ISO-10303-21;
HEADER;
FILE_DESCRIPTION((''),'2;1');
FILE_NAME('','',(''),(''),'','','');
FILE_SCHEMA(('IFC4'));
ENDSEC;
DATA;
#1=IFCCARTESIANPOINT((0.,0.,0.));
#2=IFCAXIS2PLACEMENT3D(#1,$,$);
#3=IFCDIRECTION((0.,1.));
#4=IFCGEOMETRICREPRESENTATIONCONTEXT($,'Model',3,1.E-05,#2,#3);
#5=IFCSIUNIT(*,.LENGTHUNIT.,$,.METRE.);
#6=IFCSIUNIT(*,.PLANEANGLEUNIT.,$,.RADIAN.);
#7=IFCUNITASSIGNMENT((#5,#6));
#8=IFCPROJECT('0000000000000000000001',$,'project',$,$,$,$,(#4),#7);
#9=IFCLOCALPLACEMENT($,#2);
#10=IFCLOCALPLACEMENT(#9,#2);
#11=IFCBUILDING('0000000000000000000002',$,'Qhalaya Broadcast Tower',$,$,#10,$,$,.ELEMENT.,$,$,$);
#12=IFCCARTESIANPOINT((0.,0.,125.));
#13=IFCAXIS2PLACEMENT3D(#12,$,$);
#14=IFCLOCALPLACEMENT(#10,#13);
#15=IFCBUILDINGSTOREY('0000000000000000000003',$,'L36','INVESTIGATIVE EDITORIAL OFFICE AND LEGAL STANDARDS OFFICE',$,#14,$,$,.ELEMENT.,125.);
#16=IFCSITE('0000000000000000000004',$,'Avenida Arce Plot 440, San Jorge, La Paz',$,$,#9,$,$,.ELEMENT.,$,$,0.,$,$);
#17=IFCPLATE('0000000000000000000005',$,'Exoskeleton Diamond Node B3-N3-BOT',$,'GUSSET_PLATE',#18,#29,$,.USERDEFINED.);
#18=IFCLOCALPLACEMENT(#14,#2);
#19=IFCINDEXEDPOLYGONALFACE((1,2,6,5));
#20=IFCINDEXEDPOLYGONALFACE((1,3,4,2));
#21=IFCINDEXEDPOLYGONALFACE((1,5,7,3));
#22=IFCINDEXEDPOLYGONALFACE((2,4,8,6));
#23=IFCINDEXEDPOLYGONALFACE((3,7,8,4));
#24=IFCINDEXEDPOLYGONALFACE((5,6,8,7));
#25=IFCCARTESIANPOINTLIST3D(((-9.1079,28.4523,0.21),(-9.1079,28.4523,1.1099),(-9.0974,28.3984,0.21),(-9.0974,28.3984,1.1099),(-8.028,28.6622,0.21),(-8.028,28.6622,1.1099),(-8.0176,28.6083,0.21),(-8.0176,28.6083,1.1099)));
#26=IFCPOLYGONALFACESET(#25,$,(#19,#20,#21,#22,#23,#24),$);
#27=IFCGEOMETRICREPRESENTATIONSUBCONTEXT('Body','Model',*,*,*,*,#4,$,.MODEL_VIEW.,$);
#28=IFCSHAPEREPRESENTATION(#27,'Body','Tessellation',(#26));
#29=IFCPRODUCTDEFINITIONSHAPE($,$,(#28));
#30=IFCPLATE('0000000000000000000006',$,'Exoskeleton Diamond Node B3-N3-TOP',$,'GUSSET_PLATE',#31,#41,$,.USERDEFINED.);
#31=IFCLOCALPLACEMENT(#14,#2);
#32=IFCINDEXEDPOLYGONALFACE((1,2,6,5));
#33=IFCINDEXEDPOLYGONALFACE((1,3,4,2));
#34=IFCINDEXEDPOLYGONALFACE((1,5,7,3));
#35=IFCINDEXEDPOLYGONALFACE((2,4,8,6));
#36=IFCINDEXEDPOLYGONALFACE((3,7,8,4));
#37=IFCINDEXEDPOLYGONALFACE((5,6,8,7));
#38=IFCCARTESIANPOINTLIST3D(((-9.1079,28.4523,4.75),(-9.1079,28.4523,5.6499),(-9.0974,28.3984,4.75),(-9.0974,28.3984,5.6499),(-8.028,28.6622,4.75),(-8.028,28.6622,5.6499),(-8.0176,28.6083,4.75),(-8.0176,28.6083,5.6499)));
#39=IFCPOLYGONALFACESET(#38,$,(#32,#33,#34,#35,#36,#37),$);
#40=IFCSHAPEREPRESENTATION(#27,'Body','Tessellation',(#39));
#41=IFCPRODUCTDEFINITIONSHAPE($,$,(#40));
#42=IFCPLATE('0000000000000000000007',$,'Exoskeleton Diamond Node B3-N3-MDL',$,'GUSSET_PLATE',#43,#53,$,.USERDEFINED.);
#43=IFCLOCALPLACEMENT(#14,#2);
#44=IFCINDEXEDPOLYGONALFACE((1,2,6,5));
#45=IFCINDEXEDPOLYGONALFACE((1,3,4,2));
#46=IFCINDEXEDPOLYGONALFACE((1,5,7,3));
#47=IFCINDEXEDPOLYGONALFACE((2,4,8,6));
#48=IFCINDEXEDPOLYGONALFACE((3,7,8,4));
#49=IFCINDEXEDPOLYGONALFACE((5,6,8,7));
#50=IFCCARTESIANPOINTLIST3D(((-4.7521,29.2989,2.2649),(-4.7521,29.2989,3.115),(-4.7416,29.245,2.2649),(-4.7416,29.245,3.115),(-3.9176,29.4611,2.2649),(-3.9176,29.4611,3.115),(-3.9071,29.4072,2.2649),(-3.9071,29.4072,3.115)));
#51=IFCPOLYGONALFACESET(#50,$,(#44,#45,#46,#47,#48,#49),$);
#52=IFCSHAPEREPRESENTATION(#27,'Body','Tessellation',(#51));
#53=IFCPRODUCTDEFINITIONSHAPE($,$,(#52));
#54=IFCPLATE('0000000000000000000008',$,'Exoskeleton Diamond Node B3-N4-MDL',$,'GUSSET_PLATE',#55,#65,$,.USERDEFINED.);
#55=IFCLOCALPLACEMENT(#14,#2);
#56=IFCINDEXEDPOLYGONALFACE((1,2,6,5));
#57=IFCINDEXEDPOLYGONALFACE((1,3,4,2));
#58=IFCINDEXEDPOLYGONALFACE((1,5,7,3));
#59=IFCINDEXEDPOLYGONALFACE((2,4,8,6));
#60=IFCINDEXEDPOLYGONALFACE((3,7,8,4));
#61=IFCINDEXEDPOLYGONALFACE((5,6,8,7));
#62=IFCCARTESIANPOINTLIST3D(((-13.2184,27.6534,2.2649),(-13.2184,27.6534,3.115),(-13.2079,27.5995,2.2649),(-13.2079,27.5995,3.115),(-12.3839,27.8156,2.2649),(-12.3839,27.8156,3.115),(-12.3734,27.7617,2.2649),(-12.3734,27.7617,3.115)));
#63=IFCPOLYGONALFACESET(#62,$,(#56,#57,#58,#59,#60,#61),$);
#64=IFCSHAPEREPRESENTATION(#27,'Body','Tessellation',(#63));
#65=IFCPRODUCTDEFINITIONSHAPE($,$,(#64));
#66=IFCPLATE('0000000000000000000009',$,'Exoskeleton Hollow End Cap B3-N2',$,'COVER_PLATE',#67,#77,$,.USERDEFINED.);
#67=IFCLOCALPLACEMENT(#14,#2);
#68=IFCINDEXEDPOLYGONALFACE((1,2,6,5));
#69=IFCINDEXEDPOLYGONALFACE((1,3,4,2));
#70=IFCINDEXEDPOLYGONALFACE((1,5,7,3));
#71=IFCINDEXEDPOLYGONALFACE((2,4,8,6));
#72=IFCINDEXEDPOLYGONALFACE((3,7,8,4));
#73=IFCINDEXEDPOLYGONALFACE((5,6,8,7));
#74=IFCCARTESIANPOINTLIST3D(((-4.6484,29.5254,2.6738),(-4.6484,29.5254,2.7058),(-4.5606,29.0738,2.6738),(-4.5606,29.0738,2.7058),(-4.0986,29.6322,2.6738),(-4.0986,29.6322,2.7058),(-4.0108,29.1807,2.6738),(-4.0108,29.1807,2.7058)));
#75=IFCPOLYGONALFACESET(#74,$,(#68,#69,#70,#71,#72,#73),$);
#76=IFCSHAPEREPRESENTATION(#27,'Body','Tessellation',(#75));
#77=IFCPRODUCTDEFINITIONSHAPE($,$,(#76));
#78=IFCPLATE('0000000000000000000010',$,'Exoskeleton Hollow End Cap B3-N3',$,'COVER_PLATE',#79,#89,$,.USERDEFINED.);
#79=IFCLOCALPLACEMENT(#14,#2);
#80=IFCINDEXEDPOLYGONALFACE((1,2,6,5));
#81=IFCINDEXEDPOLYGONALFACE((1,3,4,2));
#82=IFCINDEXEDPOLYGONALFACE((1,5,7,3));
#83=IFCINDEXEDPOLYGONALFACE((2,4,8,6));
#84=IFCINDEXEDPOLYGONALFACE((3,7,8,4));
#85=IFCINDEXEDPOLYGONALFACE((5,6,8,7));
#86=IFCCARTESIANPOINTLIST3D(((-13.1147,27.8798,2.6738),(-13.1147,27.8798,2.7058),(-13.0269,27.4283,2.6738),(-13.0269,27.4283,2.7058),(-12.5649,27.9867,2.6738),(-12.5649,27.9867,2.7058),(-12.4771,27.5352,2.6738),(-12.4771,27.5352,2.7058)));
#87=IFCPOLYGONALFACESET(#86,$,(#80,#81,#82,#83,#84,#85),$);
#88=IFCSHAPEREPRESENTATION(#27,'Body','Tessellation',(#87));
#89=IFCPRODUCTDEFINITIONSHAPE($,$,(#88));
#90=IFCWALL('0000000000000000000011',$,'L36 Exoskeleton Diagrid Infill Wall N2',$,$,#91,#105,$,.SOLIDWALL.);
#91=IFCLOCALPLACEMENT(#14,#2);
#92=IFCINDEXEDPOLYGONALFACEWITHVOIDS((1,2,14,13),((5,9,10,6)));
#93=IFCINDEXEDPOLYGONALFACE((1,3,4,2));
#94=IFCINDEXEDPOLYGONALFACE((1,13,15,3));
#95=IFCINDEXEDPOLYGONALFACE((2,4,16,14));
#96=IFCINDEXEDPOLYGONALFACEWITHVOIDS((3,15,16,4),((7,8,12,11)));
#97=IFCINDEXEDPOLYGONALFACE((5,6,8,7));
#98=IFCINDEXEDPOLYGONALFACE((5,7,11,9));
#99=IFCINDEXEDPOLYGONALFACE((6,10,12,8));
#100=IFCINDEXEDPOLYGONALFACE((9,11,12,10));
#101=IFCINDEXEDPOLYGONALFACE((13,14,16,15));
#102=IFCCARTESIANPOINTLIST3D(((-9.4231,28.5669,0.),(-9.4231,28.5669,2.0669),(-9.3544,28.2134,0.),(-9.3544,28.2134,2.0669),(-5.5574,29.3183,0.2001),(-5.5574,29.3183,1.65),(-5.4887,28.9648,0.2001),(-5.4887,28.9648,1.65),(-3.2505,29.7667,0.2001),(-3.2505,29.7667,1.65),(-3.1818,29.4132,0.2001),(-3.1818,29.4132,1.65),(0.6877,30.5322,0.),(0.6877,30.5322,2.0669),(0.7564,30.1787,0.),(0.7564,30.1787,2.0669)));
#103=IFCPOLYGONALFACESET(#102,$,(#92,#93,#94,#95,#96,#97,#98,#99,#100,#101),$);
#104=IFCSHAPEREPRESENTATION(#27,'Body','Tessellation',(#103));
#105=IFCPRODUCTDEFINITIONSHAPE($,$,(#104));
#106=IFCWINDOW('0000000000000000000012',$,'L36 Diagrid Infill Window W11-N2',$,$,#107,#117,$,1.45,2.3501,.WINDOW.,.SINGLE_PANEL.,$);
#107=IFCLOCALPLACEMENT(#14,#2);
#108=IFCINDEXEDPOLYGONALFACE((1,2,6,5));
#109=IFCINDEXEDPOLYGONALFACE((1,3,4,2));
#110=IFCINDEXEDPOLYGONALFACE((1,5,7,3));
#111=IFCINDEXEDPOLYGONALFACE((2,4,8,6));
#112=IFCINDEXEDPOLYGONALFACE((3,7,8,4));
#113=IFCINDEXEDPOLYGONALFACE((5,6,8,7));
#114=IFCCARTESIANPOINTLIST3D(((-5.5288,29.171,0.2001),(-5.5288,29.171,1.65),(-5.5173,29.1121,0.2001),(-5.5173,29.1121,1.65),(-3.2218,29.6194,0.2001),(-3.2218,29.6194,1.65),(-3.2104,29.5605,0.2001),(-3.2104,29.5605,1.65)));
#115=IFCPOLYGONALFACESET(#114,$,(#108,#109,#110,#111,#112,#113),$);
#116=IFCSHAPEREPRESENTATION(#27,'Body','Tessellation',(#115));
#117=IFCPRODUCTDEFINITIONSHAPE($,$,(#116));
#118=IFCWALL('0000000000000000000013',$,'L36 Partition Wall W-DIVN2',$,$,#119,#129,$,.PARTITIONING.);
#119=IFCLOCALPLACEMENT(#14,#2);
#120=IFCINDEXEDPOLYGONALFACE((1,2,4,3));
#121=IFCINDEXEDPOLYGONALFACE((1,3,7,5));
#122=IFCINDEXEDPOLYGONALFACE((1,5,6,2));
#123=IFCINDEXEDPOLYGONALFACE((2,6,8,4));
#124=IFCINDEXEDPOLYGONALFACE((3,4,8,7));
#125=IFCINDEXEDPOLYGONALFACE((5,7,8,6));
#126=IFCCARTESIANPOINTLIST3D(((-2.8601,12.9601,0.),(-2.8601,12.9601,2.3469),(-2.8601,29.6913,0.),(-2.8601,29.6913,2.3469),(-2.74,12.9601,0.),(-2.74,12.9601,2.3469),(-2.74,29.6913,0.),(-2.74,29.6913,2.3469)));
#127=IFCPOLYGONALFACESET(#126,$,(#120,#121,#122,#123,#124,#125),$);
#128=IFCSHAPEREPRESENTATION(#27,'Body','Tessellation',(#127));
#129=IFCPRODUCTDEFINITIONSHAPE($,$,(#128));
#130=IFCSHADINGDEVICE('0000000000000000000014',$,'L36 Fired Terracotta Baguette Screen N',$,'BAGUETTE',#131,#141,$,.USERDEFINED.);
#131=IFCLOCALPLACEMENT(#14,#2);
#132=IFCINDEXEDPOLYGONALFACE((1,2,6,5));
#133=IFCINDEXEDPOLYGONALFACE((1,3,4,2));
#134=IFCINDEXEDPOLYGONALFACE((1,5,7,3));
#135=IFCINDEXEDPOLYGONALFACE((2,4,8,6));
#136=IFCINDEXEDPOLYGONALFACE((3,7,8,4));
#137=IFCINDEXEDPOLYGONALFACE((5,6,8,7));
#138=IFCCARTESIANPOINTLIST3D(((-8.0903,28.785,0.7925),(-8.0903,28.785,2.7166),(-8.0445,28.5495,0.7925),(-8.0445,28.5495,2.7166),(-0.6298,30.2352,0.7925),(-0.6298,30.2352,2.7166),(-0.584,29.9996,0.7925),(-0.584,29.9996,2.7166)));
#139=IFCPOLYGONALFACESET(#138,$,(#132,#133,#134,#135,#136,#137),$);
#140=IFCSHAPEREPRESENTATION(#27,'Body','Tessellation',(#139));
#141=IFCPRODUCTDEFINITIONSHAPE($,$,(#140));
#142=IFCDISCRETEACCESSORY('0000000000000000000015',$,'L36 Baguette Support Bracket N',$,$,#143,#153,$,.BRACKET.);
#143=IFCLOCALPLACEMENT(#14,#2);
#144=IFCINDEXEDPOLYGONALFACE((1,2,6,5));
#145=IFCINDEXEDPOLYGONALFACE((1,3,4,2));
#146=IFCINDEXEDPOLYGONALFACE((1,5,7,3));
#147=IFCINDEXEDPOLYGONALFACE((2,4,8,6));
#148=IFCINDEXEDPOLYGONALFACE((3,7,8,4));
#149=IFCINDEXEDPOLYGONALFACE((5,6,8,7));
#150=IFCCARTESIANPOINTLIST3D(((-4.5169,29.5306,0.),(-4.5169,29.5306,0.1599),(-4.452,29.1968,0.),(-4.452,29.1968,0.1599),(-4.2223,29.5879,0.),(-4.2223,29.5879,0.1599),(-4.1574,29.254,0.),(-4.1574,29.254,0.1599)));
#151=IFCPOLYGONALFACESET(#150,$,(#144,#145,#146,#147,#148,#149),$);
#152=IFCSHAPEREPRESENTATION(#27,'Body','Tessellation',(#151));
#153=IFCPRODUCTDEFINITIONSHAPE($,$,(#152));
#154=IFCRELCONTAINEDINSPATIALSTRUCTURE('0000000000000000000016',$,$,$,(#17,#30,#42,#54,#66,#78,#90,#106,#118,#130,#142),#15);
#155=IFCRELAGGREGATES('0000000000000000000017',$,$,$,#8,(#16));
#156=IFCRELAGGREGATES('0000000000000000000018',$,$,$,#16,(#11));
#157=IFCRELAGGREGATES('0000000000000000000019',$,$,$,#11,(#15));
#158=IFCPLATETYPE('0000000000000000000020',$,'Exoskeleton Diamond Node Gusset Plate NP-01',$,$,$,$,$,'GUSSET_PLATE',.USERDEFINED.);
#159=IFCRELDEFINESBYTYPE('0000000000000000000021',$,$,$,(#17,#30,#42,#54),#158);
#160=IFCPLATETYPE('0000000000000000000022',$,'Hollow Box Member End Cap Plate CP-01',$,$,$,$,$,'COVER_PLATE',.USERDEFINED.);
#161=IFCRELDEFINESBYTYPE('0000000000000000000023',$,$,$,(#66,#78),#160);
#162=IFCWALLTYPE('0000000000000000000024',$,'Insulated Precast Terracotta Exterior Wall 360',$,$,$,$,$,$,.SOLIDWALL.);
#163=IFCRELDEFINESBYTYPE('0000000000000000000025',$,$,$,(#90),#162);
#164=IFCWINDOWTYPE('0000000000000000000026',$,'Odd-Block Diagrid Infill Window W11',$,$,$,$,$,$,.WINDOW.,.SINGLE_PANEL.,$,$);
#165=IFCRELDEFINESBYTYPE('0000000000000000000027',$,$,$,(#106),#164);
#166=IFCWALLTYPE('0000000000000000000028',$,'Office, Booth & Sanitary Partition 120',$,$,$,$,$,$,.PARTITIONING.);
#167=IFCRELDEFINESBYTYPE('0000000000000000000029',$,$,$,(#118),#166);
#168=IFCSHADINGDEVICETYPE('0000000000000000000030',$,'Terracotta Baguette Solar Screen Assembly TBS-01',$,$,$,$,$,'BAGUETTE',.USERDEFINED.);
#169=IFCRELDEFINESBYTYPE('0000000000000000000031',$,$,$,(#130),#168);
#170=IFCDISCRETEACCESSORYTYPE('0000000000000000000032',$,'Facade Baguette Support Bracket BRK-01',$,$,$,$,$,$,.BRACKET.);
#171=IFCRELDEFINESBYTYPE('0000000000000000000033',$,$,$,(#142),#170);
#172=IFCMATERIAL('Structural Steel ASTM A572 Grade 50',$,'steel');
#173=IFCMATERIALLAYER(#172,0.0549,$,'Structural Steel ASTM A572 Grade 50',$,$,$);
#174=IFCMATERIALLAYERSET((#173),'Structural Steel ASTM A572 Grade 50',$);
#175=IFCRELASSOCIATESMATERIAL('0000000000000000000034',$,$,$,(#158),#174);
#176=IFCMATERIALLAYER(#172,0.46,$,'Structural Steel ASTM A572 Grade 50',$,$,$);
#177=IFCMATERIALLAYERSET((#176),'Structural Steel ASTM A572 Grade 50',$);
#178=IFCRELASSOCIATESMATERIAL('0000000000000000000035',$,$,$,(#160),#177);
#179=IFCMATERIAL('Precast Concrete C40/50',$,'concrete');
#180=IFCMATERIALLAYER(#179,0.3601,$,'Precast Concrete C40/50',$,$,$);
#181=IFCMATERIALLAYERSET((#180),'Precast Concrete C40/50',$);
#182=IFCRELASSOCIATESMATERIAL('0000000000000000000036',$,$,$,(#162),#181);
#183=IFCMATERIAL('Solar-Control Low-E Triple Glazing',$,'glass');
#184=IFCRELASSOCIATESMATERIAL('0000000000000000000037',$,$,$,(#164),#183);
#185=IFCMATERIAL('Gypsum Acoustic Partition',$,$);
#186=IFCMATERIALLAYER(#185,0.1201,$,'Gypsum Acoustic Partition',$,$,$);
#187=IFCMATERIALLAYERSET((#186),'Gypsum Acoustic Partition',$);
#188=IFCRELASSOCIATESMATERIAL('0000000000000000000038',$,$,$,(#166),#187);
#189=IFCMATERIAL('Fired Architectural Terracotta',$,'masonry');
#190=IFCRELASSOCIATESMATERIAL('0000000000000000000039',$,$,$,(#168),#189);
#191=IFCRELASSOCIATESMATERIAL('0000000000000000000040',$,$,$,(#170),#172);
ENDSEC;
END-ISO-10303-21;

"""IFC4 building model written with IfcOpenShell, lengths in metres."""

from ifc_helpers import new_model, si_unit, direction, frame, frame_2d, origin, origin_2d, place, context, subcontext, project, spatial, rectangle, extrude, material, layer, layer_set, type_object, element, fill, save


model = new_model("IFC4")

# Units and contexts
model_context = context("Model", 3, precision=1e-05, world=origin(), true_north=direction((0.0, 1.0)))
body_context = subcontext(model_context, "Body", "Model", "MODEL_VIEW")
ifc_project = project(units=[si_unit("LENGTHUNIT", "METRE"), si_unit("PLANEANGLEUNIT", "RADIAN")], contexts=[model_context])

# Site, building, storey
site_placement = place(None, origin())
site = spatial("IfcSite", under=ifc_project, at=site_placement, Name="Avenida Arce Plot 440, San Jorge, La Paz", CompositionType="ELEMENT", RefElevation=0.0)
building_placement = place(site_placement, origin())
building = spatial("IfcBuilding", under=site, at=building_placement, Name="Qhalaya Broadcast Tower", CompositionType="ELEMENT")
storey_placement = place(building_placement, frame((0.0, 0.0, 125.0)))
storey = spatial("IfcBuildingStorey", under=building, at=storey_placement, Name="L36", Description="INVESTIGATIVE EDITORIAL OFFICE AND LEGAL STANDARDS OFFICE", CompositionType="ELEMENT", Elevation=125.0)

# Shared definitions
ifc_material_1 = material(Name="Structural Steel ASTM A572 Grade 50", Category="steel")

# Plates
ifc_layer_1 = layer(ifc_material_1, 0.0549, Name="Structural Steel ASTM A572 Grade 50")
ifc_layer_set_1 = layer_set([ifc_layer_1], Name="Structural Steel ASTM A572 Grade 50")
plate_type_1 = type_object("IfcPlateType", Name="Exoskeleton Diamond Node Gusset Plate NP-01", ElementType="GUSSET_PLATE", PredefinedType="USERDEFINED", material=ifc_layer_set_1)
for number, where, z_axis, x_axis, name in (
    (1, (-8.5627, 28.5303, 0.21), (0.0, 0.0, 1.0), (0.981627, 0.190809, 0.0), "Exoskeleton Diamond Node B3-N3-BOT"),
    (2, (-8.5627, 28.5303, 4.75), (0.0, 0.0, 1.0), (0.981627, 0.190809, 0.0), "Exoskeleton Diamond Node B3-N3-TOP"),
):
    element("IfcPlate", number, at=place(storey_placement, frame(where, z_axis=z_axis, x_axis=x_axis)), inside=storey, type_object=plate_type_1, Name=name, ObjectType="GUSSET_PLATE", PredefinedType="USERDEFINED", context=body_context, shape_type="SweptSolid", body=[
        extrude(rectangle(XDim=1.1001, YDim=0.0549, at=origin_2d()), origin(), (0.0, 0.0, 1.0), 0.8999),
    ])
for number, where, z_axis, x_axis, name in (
    (3, (-4.3296, 29.353, 2.2649), (0.0, 0.0, 1.0), (0.981627, 0.190809, 0.0), "Exoskeleton Diamond Node B3-N3-MDL"),
    (4, (-12.7959, 27.7075, 2.2649), (0.0, 0.0, 1.0), (0.981627, 0.190809, 0.0), "Exoskeleton Diamond Node B3-N4-MDL"),
):
    element("IfcPlate", number, at=place(storey_placement, frame(where, z_axis=z_axis, x_axis=x_axis)), inside=storey, type_object=plate_type_1, Name=name, ObjectType="GUSSET_PLATE", PredefinedType="USERDEFINED", context=body_context, shape_type="SweptSolid", body=[
        extrude(rectangle(XDim=0.8501, YDim=0.0549, at=origin_2d()), origin(), (0.0, 0.0, 1.0), 0.8501),
    ])
ifc_layer_2 = layer(ifc_material_1, 0.46, Name="Structural Steel ASTM A572 Grade 50")
ifc_layer_set_2 = layer_set([ifc_layer_2], Name="Structural Steel ASTM A572 Grade 50")
plate_type_2 = type_object("IfcPlateType", Name="Hollow Box Member End Cap Plate CP-01", ElementType="COVER_PLATE", PredefinedType="USERDEFINED", material=ifc_layer_set_2)
for number, where, z_axis, x_axis, name in (
    (5, (-4.3296, 29.353, 2.6738), (0.0, 0.0, 1.0), (0.981627, 0.190809, 0.0), "Exoskeleton Hollow End Cap B3-N2"),
    (6, (-12.7959, 27.7075, 2.6738), (0.0, 0.0, 1.0), (0.981627, 0.190809, 0.0), "Exoskeleton Hollow End Cap B3-N3"),
):
    element("IfcPlate", number, at=place(storey_placement, frame(where, z_axis=z_axis, x_axis=x_axis)), inside=storey, type_object=plate_type_2, Name=name, ObjectType="COVER_PLATE", PredefinedType="USERDEFINED", context=body_context, shape_type="SweptSolid", body=[
        extrude(rectangle(XDim=0.5601, YDim=0.46, at=origin_2d()), origin(), (0.0, 0.0, 1.0), 0.032),
    ])

# Wall, opening, window
ifc_material_2 = material(Name="Precast Concrete C40/50", Category="concrete")
ifc_layer_3 = layer(ifc_material_2, 0.3601, Name="Precast Concrete C40/50")
ifc_layer_set_3 = layer_set([ifc_layer_3], Name="Precast Concrete C40/50")
wall_type_1 = type_object("IfcWallType", Name="Insulated Precast Terracotta Exterior Wall 360", PredefinedType="SOLIDWALL", material=ifc_layer_set_3)
wall_1_placement = place(storey_placement, frame((-9.3887, 28.3901, 0.0), z_axis=(0.0, 0.0, 1.0), x_axis=(0.981627, 0.190807, 0.0)))
wall_1 = element("IfcWall", 7, at=wall_1_placement, inside=storey, type_object=wall_type_1, Name="L36 Exoskeleton Diagrid Infill Wall N2", PredefinedType="SOLIDWALL", context=body_context, shape_type="SweptSolid", body=[
    extrude(rectangle(XDim=10.3, YDim=0.3601, at=frame_2d((5.1499, 0.0))), origin(), (0.0, 0.0, 1.0), 2.0669),
])
opening_placement = place(wall_1_placement, frame((3.938, 0.0, 0.2)))
opening = element("IfcOpeningElement", 8, at=opening_placement, cuts=wall_1, PredefinedType="OPENING", context=body_context, shape_type="SweptSolid", body=[
    extrude(rectangle(XDim=2.3501, YDim=1.45, at=frame_2d((1.175, 0.7251))), frame((0.0, 0.1921, 0.0), z_axis=(0.0, -1.0, 0.0), x_axis=(1.0, 0.0, 0.0)), (0.0, 0.0, 1.0), 0.384),
])
ifc_material_3 = material(Name="Solar-Control Low-E Triple Glazing", Category="glass")
window_type = type_object("IfcWindowType", Name="Odd-Block Diagrid Infill Window W11", PartitioningType="SINGLE_PANEL", PredefinedType="WINDOW", material=ifc_material_3)
window_placement = place(opening_placement, origin())
window = element("IfcWindow", 9, at=window_placement, inside=storey, type_object=window_type, Name="L36 Diagrid Infill Window W11-N2", OverallHeight=1.45, OverallWidth=2.3501, PartitioningType="SINGLE_PANEL", PredefinedType="WINDOW", context=body_context, shape_type="SweptSolid", body=[
    extrude(rectangle(XDim=2.3501, YDim=1.45, at=frame_2d((1.175, 0.7251))), frame((0.0, 0.03, 0.0), z_axis=(0.0, -1.0, 0.0), x_axis=(1.0, 0.0, 0.0)), (0.0, 0.0, 1.0), 0.0601),
])
fill(opening, window)

# Wall
ifc_material_4 = material(Name="Gypsum Acoustic Partition")
ifc_layer_4 = layer(ifc_material_4, 0.1201, Name="Gypsum Acoustic Partition")
ifc_layer_set_4 = layer_set([ifc_layer_4], Name="Gypsum Acoustic Partition")
wall_type_2 = type_object("IfcWallType", Name="Office, Booth & Sanitary Partition 120", PredefinedType="PARTITIONING", material=ifc_layer_set_4)
wall_2_placement = place(storey_placement, frame((-2.8, 12.96, 0.0), z_axis=(0.0, 0.0, 1.0), x_axis=(0.0, 1.0, 0.0)))
element("IfcWall", 10, at=wall_2_placement, inside=storey, type_object=wall_type_2, Name="L36 Partition Wall W-DIVN2", PredefinedType="PARTITIONING", context=body_context, shape_type="SweptSolid", body=[
    extrude(rectangle(XDim=16.7312, YDim=0.1201, at=frame_2d((8.3657, 0.0))), origin(), (0.0, 0.0, 1.0), 2.3469),
])

# Shading device
ifc_material_5 = material(Name="Fired Architectural Terracotta", Category="masonry")
shading_device_type = type_object("IfcShadingDeviceType", Name="Terracotta Baguette Solar Screen Assembly TBS-01", ElementType="BAGUETTE", PredefinedType="USERDEFINED", material=ifc_material_5)
shading_device_placement = place(storey_placement, frame((-4.3372, 29.3923, 0.7925), z_axis=(0.0, 0.0, 1.0), x_axis=(-0.981627, -0.190809, 0.0)))
element("IfcShadingDevice", 11, at=shading_device_placement, inside=storey, type_object=shading_device_type, Name="L36 Fired Terracotta Baguette Screen N", ObjectType="BAGUETTE", PredefinedType="USERDEFINED", context=body_context, shape_type="SweptSolid", body=[
    extrude(rectangle(XDim=7.6001, YDim=0.24, at=origin_2d()), origin(), (0.0, 0.0, 1.0), 1.9241),
])

# Discrete accessory
discrete_accessory_type = type_object("IfcDiscreteAccessoryType", Name="Facade Baguette Support Bracket BRK-01", PredefinedType="BRACKET", material=ifc_material_1)
discrete_accessory_placement = place(storey_placement, frame((-4.3372, 29.3923, 0.0), z_axis=(0.0, 0.0, 1.0), x_axis=(-0.981627, -0.190809, 0.0)))
element("IfcDiscreteAccessory", 12, at=discrete_accessory_placement, inside=storey, type_object=discrete_accessory_type, Name="L36 Baguette Support Bracket N", PredefinedType="BRACKET", context=body_context, shape_type="SweptSolid", body=[
    extrude(rectangle(XDim=0.3, YDim=0.3401, at=origin_2d()), origin(), (0.0, 0.0, 1.0), 0.1599),
])

save(model, "model.ifc")
